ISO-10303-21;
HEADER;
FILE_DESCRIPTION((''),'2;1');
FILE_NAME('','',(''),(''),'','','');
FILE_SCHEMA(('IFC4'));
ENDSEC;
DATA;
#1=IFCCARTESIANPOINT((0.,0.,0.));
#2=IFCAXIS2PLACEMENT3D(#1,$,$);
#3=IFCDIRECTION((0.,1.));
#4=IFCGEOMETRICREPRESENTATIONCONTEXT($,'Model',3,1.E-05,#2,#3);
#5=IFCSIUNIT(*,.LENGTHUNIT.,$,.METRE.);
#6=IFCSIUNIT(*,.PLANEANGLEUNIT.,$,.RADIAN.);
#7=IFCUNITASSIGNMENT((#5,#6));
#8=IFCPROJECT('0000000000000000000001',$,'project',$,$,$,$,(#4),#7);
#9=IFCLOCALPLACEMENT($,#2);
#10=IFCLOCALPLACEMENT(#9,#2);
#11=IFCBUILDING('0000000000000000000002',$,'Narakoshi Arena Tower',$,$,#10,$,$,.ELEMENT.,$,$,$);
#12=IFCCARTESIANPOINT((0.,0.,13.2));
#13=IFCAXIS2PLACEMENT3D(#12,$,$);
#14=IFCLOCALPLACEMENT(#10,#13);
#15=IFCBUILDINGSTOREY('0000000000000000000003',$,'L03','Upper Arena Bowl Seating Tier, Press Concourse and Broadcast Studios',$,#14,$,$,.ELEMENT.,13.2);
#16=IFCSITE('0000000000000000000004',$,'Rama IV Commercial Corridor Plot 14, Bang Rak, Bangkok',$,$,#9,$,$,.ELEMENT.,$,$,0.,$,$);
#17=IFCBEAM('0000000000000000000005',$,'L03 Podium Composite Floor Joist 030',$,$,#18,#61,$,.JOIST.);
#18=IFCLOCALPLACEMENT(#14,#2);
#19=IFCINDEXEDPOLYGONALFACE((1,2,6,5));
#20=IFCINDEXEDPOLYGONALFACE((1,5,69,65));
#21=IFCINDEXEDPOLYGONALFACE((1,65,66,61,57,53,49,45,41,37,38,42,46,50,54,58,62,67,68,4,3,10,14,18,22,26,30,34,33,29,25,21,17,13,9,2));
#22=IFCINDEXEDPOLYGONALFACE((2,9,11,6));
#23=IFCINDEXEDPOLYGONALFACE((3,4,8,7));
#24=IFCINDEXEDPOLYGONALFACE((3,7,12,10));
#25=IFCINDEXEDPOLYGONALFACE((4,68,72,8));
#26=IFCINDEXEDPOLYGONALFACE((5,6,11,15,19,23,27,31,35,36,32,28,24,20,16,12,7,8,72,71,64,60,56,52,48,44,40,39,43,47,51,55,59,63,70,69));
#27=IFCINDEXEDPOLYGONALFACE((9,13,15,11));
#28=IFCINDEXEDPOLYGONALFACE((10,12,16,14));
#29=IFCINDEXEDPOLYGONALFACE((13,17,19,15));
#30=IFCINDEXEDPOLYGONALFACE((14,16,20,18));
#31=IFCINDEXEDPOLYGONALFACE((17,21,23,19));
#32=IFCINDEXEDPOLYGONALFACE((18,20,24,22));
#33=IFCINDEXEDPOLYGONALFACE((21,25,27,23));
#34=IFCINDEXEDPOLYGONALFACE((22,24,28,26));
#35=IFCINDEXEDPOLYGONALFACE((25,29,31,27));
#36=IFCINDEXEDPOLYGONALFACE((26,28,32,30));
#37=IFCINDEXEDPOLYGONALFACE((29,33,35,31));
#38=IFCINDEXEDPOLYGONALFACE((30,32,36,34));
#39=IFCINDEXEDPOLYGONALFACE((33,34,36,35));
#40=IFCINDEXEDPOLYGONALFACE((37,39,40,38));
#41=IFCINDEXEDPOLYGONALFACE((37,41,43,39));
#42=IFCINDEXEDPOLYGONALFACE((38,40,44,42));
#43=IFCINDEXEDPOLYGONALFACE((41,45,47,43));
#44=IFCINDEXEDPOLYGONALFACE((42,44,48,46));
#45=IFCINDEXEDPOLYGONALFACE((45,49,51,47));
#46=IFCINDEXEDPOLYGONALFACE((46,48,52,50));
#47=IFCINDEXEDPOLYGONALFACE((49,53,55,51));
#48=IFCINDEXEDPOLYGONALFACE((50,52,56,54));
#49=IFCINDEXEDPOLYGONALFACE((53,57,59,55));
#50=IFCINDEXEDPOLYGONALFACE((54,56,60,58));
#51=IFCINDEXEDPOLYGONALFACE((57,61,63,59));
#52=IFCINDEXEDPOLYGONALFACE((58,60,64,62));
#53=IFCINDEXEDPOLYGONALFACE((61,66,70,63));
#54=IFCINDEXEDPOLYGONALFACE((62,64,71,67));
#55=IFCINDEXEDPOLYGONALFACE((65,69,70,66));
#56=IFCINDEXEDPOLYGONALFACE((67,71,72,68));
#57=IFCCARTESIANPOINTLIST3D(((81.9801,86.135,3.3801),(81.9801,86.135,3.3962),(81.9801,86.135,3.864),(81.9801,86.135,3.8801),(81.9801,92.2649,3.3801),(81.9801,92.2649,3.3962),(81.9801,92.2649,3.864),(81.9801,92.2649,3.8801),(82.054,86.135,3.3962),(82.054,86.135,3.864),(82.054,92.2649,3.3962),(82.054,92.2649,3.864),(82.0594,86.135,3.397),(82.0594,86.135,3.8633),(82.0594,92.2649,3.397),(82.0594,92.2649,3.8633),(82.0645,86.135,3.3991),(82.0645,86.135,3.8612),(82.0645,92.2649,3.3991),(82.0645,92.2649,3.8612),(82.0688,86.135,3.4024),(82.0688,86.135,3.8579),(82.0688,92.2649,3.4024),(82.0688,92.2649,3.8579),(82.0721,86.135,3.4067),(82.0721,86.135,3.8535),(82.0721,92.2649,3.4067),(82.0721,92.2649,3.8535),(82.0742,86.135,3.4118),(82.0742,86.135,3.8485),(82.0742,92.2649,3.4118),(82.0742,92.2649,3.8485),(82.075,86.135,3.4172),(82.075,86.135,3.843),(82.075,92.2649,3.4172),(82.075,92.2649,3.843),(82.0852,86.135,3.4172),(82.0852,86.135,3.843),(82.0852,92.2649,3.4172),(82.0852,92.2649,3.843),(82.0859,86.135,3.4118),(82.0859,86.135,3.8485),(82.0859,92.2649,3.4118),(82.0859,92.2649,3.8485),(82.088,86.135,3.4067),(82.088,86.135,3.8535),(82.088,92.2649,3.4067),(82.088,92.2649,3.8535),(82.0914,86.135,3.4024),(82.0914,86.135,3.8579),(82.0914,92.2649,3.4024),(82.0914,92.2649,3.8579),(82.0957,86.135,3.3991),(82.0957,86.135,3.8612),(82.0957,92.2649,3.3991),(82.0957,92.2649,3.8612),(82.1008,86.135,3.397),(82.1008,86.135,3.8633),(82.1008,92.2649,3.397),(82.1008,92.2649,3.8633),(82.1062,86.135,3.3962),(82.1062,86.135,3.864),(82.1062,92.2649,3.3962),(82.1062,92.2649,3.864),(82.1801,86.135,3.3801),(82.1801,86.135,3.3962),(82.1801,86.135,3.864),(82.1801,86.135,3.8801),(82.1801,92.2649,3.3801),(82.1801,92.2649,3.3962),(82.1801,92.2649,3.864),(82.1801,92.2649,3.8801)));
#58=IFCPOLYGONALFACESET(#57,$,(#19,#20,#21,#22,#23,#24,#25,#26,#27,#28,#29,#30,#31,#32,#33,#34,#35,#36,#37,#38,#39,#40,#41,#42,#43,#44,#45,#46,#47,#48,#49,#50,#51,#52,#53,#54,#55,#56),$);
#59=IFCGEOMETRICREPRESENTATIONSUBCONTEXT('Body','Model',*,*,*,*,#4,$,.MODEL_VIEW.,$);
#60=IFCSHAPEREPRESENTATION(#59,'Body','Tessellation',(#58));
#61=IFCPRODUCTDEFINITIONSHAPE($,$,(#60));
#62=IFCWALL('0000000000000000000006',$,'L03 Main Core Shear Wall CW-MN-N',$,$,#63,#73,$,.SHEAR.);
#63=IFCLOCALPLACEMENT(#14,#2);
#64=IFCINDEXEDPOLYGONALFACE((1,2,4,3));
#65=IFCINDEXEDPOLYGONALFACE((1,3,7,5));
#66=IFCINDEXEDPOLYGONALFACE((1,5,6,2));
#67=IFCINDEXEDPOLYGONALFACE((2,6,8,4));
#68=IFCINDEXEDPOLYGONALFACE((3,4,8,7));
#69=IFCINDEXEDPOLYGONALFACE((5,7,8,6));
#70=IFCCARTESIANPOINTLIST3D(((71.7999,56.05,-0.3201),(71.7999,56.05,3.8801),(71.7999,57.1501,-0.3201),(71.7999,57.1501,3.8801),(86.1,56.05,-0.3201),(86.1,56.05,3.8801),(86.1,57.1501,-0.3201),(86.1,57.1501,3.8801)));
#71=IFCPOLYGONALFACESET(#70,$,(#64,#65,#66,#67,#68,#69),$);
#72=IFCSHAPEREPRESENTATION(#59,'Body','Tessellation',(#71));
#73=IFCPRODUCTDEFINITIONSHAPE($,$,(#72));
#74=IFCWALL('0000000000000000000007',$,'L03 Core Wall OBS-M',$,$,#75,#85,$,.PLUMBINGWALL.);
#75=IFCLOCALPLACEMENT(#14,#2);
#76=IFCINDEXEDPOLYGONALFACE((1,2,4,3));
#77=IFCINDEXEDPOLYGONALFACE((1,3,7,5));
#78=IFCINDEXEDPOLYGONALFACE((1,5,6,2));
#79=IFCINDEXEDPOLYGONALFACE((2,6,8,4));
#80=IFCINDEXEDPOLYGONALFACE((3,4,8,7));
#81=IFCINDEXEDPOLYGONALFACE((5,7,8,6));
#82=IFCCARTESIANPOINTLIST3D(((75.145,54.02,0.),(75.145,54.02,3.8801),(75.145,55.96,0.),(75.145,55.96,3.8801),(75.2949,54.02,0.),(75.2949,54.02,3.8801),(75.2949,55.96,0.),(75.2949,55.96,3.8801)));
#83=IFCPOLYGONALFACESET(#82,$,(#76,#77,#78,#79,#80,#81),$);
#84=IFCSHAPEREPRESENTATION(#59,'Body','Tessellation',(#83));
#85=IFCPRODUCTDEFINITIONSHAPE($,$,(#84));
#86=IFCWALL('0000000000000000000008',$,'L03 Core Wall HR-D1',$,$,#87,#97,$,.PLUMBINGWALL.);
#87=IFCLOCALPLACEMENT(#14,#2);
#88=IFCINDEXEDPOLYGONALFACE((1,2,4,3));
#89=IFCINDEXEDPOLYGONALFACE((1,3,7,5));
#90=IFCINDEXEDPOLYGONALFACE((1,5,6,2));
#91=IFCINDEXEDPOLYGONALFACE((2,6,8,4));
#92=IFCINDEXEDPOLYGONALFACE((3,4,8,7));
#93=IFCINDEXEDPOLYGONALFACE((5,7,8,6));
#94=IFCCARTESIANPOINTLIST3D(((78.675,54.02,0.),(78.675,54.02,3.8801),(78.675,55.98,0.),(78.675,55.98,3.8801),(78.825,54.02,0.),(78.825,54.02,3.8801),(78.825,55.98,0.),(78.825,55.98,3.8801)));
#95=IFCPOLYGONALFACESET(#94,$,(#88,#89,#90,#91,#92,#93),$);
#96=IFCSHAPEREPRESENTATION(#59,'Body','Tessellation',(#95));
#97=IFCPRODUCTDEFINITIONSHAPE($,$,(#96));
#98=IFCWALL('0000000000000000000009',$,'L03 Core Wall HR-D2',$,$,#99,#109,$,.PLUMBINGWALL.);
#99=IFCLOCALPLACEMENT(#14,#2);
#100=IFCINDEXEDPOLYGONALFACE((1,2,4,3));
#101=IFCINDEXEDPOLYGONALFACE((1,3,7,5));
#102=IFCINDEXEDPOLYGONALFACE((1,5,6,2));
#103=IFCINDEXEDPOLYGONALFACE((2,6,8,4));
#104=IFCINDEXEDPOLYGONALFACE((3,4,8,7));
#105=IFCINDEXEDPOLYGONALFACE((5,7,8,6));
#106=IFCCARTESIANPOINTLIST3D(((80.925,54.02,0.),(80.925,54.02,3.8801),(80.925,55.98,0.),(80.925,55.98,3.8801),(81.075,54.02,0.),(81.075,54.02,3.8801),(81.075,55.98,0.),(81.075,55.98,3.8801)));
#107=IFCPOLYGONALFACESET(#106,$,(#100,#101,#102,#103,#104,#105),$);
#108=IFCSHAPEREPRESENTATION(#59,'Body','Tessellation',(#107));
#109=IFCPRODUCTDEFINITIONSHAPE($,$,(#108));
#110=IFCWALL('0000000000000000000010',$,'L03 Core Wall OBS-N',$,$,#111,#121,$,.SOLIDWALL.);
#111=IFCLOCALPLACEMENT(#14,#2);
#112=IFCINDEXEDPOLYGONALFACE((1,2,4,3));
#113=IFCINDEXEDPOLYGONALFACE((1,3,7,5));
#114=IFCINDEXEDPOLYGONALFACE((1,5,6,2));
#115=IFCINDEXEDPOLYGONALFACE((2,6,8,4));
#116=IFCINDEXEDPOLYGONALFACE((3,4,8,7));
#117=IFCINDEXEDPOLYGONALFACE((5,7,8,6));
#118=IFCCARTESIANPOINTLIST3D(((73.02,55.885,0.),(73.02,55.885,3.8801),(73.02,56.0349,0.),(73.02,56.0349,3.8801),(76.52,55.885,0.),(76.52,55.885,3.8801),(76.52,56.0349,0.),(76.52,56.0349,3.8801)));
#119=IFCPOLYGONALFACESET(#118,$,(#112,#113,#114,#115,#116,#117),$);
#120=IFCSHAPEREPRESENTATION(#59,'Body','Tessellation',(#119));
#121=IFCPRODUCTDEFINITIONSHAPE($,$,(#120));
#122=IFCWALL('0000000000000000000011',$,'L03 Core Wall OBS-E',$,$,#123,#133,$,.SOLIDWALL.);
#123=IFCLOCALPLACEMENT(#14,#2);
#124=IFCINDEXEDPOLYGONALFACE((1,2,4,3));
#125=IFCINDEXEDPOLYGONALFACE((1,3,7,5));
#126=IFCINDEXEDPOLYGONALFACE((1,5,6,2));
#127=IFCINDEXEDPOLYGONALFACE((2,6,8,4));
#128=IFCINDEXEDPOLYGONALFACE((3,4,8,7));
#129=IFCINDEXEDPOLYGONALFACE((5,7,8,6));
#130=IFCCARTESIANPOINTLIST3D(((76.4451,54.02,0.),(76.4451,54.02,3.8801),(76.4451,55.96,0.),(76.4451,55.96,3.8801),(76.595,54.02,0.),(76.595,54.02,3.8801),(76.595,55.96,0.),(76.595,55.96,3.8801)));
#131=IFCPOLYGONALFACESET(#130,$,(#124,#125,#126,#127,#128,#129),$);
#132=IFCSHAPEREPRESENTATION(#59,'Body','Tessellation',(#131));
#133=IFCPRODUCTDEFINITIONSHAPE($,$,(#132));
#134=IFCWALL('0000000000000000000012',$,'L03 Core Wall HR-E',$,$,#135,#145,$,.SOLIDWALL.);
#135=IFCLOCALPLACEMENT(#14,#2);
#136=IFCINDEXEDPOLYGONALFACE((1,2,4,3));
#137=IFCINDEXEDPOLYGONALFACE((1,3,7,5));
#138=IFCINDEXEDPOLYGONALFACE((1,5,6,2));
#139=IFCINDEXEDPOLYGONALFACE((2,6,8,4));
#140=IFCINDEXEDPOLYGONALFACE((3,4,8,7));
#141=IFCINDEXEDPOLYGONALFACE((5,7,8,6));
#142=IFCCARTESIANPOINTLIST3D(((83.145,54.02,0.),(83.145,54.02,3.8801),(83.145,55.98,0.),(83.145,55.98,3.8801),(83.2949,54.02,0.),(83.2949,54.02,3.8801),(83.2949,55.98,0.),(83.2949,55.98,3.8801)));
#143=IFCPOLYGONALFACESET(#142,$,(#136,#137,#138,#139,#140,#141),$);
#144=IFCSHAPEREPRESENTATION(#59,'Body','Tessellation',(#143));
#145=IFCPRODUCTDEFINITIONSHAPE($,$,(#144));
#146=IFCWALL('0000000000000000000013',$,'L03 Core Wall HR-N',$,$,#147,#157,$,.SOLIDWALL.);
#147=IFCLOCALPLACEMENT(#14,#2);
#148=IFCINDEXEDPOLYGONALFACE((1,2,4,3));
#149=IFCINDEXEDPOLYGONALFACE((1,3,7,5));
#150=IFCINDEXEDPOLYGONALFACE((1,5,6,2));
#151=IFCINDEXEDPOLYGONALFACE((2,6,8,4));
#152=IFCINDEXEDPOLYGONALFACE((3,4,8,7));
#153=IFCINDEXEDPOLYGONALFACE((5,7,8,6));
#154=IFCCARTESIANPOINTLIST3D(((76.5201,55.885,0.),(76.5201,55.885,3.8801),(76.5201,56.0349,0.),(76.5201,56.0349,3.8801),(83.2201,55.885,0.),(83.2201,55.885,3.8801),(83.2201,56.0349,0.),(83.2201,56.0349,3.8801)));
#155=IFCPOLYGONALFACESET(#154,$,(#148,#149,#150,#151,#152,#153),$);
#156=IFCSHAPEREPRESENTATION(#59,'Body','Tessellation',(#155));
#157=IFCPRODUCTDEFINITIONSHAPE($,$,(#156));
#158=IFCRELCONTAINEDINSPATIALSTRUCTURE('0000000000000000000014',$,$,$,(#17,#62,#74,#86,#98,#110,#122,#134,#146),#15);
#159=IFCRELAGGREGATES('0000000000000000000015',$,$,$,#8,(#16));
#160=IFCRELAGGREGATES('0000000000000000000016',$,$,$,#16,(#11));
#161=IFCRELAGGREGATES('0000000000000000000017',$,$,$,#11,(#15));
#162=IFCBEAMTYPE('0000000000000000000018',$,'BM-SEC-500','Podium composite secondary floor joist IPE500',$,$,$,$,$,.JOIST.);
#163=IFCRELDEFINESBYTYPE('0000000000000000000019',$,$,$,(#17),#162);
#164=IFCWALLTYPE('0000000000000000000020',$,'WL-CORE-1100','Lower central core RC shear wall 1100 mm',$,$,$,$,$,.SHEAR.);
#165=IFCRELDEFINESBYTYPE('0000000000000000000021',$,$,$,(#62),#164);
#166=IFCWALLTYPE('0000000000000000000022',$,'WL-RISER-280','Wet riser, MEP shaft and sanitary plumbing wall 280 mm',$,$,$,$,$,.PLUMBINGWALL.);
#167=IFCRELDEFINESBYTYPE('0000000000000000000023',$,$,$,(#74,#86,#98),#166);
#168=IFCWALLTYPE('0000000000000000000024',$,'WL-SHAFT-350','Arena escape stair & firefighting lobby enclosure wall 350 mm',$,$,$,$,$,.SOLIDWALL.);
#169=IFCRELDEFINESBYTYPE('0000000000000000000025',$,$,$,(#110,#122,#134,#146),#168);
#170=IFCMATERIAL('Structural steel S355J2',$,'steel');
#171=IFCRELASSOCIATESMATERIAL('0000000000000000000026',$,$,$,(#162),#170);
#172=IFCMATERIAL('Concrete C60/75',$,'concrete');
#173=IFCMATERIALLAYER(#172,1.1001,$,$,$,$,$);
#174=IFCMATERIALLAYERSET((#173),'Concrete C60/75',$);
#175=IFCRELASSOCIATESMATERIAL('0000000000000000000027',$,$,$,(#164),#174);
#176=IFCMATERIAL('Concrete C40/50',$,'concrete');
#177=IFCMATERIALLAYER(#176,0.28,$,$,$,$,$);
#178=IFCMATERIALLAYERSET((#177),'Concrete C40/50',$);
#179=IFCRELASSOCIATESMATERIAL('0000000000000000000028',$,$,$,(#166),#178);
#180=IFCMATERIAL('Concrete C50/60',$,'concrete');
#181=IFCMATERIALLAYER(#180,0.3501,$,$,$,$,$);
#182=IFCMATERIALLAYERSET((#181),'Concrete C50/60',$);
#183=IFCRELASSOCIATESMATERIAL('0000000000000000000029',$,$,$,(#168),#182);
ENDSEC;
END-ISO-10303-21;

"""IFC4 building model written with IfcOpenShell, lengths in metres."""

from ifc_helpers import new_model, si_unit, direction, frame, frame_2d, origin, origin_2d, place, context, subcontext, project, spatial, rectangle, i_section, extrude, material, layer, layer_set, material_profile, profile_set, type_object, element, save


model = new_model("IFC4")

# Units and contexts
model_context = context("Model", 3, precision=1e-05, world=origin(), true_north=direction((0.0, 1.0)))
body_context = subcontext(model_context, "Body", "Model", "MODEL_VIEW")
ifc_project = project(units=[si_unit("LENGTHUNIT", "METRE"), si_unit("PLANEANGLEUNIT", "RADIAN")], contexts=[model_context])

# Site, building, storey
site_placement = place(None, origin())
site = spatial("IfcSite", under=ifc_project, at=site_placement, Name="Rama IV Commercial Corridor Plot 14, Bang Rak, Bangkok", CompositionType="ELEMENT", RefElevation=0.0)
building_placement = place(site_placement, origin())
building = spatial("IfcBuilding", under=site, at=building_placement, Name="Narakoshi Arena Tower", CompositionType="ELEMENT")
storey_placement = place(building_placement, frame((0.0, 0.0, 13.2)))
storey = spatial("IfcBuildingStorey", under=building, at=storey_placement, Name="L03", Description="Upper Arena Bowl Seating Tier, Press Concourse and Broadcast Studios", CompositionType="ELEMENT", Elevation=13.2)

# Shared definitions
ifc_material_1 = material(Name="Concrete C60/75", Category="concrete")

# Beam
ifc_material_2 = material(Name="Structural steel S355J2", Category="steel")
ifc_material_profile_1 = material_profile(ifc_material_2, i_section(OverallWidth=0.2, OverallDepth=0.5, WebThickness=0.0103, FlangeThickness=0.0161, FilletRadius=0.021, at=origin_2d()), Name="IPE500")
ifc_profile_set_1 = profile_set([ifc_material_profile_1], Name="Structural steel S355J2")
beam_type_1 = type_object("IfcBeamType", Name="BM-SEC-500", Description="Podium composite secondary floor joist IPE500", PredefinedType="JOIST", material=ifc_profile_set_1)
beam_1_placement = place(storey_placement, frame((82.0801, 86.135, 3.6301), z_axis=(0.0, 1.0, 0.0), x_axis=(-1.0, 0.0, 0.0)))
element("IfcBeam", 1, at=beam_1_placement, inside=storey, type_object=beam_type_1, Name="L03 Podium Composite Floor Joist 030", PredefinedType="JOIST", context=body_context, shape_type="SweptSolid", body=[
    extrude(i_section(OverallWidth=0.2, OverallDepth=0.5, WebThickness=0.0103, FlangeThickness=0.0161, FilletRadius=0.021, at=origin_2d()), origin(), (0.0, 0.0, 1.0), 6.1299),
])

# Walls
ifc_layer_1 = layer(ifc_material_1, 1.1001)
ifc_layer_set_1 = layer_set([ifc_layer_1], Name="Concrete C60/75")
wall_type_1 = type_object("IfcWallType", Name="WL-CORE-1100", Description="Lower central core RC shear wall 1100 mm", PredefinedType="SHEAR", material=ifc_layer_set_1)
wall_1_placement = place(storey_placement, frame((71.8, 56.6001, -0.3201), z_axis=(0.0, 0.0, 1.0), x_axis=(1.0, 0.0, 0.0)))
element("IfcWall", 2, at=wall_1_placement, inside=storey, type_object=wall_type_1, Name="L03 Main Core Shear Wall CW-MN-N", PredefinedType="SHEAR", context=body_context, shape_type="SweptSolid", body=[
    extrude(rectangle(XDim=14.3, YDim=1.1001, at=frame_2d((7.1499, 0.0))), origin(), (0.0, 0.0, 1.0), 4.2002),
])
ifc_material_3 = material(Name="Concrete C40/50", Category="concrete")
ifc_layer_2 = layer(ifc_material_3, 0.28)
ifc_layer_set_2 = layer_set([ifc_layer_2], Name="Concrete C40/50")
wall_type_2 = type_object("IfcWallType", Name="WL-RISER-280", Description="Wet riser, MEP shaft and sanitary plumbing wall 280 mm", PredefinedType="PLUMBINGWALL", material=ifc_layer_set_2)
wall_2_placement = place(storey_placement, frame((75.22, 54.02, 0.0), z_axis=(0.0, 0.0, 1.0), x_axis=(0.0, 1.0, 0.0)))
element("IfcWall", 3, at=wall_2_placement, inside=storey, type_object=wall_type_2, Name="L03 Core Wall OBS-M", PredefinedType="PLUMBINGWALL", context=body_context, shape_type="SweptSolid", body=[
    extrude(rectangle(XDim=1.9399, YDim=0.1499, at=frame_2d((0.97, 0.0))), origin(), (0.0, 0.0, 1.0), 3.8801),
])
for number, where, z_axis, x_axis, name in (
    (4, (78.75, 54.02, 0.0), (0.0, 0.0, 1.0), (0.0, 1.0, 0.0), "L03 Core Wall HR-D1"),
    (5, (81.0, 54.02, 0.0), (0.0, 0.0, 1.0), (0.0, 1.0, 0.0), "L03 Core Wall HR-D2"),
):
    element("IfcWall", number, at=place(storey_placement, frame(where, z_axis=z_axis, x_axis=x_axis)), inside=storey, type_object=wall_type_2, Name=name, PredefinedType="PLUMBINGWALL", context=body_context, shape_type="SweptSolid", body=[
        extrude(rectangle(XDim=1.96, YDim=0.1499, at=frame_2d((0.98, 0.0))), origin(), (0.0, 0.0, 1.0), 3.8801),
    ])
ifc_material_4 = material(Name="Concrete C50/60", Category="concrete")
ifc_layer_3 = layer(ifc_material_4, 0.3501)
ifc_layer_set_3 = layer_set([ifc_layer_3], Name="Concrete C50/60")
wall_type_3 = type_object("IfcWallType", Name="WL-SHAFT-350", Description="Arena escape stair & firefighting lobby enclosure wall 350 mm", PredefinedType="SOLIDWALL", material=ifc_layer_set_3)
wall_3_placement = place(storey_placement, frame((73.02, 55.96, 0.0), z_axis=(0.0, 0.0, 1.0), x_axis=(1.0, 0.0, 0.0)))
element("IfcWall", 6, at=wall_3_placement, inside=storey, type_object=wall_type_3, Name="L03 Core Wall OBS-N", PredefinedType="SOLIDWALL", context=body_context, shape_type="SweptSolid", body=[
    extrude(rectangle(XDim=3.5, YDim=0.1499, at=frame_2d((1.75, 0.0))), origin(), (0.0, 0.0, 1.0), 3.8801),
])
wall_4_placement = place(storey_placement, frame((76.52, 54.02, 0.0), z_axis=(0.0, 0.0, 1.0), x_axis=(0.0, 1.0, 0.0)))
element("IfcWall", 7, at=wall_4_placement, inside=storey, type_object=wall_type_3, Name="L03 Core Wall OBS-E", PredefinedType="SOLIDWALL", context=body_context, shape_type="SweptSolid", body=[
    extrude(rectangle(XDim=1.9399, YDim=0.1499, at=frame_2d((0.97, 0.0))), origin(), (0.0, 0.0, 1.0), 3.8801),
])
wall_5_placement = place(storey_placement, frame((83.22, 54.02, 0.0), z_axis=(0.0, 0.0, 1.0), x_axis=(0.0, 1.0, 0.0)))
element("IfcWall", 8, at=wall_5_placement, inside=storey, type_object=wall_type_3, Name="L03 Core Wall HR-E", PredefinedType="SOLIDWALL", context=body_context, shape_type="SweptSolid", body=[
    extrude(rectangle(XDim=1.96, YDim=0.1499, at=frame_2d((0.98, 0.0))), origin(), (0.0, 0.0, 1.0), 3.8801),
])
wall_6_placement = place(storey_placement, frame((76.52, 55.96, 0.0), z_axis=(0.0, 0.0, 1.0), x_axis=(1.0, 0.0, 0.0)))
element("IfcWall", 9, at=wall_6_placement, inside=storey, type_object=wall_type_3, Name="L03 Core Wall HR-N", PredefinedType="SOLIDWALL", context=body_context, shape_type="SweptSolid", body=[
    extrude(rectangle(XDim=6.7, YDim=0.1499, at=frame_2d((3.3501, 0.0))), origin(), (0.0, 0.0, 1.0), 3.8801),
])

save(model, "model.ifc")
